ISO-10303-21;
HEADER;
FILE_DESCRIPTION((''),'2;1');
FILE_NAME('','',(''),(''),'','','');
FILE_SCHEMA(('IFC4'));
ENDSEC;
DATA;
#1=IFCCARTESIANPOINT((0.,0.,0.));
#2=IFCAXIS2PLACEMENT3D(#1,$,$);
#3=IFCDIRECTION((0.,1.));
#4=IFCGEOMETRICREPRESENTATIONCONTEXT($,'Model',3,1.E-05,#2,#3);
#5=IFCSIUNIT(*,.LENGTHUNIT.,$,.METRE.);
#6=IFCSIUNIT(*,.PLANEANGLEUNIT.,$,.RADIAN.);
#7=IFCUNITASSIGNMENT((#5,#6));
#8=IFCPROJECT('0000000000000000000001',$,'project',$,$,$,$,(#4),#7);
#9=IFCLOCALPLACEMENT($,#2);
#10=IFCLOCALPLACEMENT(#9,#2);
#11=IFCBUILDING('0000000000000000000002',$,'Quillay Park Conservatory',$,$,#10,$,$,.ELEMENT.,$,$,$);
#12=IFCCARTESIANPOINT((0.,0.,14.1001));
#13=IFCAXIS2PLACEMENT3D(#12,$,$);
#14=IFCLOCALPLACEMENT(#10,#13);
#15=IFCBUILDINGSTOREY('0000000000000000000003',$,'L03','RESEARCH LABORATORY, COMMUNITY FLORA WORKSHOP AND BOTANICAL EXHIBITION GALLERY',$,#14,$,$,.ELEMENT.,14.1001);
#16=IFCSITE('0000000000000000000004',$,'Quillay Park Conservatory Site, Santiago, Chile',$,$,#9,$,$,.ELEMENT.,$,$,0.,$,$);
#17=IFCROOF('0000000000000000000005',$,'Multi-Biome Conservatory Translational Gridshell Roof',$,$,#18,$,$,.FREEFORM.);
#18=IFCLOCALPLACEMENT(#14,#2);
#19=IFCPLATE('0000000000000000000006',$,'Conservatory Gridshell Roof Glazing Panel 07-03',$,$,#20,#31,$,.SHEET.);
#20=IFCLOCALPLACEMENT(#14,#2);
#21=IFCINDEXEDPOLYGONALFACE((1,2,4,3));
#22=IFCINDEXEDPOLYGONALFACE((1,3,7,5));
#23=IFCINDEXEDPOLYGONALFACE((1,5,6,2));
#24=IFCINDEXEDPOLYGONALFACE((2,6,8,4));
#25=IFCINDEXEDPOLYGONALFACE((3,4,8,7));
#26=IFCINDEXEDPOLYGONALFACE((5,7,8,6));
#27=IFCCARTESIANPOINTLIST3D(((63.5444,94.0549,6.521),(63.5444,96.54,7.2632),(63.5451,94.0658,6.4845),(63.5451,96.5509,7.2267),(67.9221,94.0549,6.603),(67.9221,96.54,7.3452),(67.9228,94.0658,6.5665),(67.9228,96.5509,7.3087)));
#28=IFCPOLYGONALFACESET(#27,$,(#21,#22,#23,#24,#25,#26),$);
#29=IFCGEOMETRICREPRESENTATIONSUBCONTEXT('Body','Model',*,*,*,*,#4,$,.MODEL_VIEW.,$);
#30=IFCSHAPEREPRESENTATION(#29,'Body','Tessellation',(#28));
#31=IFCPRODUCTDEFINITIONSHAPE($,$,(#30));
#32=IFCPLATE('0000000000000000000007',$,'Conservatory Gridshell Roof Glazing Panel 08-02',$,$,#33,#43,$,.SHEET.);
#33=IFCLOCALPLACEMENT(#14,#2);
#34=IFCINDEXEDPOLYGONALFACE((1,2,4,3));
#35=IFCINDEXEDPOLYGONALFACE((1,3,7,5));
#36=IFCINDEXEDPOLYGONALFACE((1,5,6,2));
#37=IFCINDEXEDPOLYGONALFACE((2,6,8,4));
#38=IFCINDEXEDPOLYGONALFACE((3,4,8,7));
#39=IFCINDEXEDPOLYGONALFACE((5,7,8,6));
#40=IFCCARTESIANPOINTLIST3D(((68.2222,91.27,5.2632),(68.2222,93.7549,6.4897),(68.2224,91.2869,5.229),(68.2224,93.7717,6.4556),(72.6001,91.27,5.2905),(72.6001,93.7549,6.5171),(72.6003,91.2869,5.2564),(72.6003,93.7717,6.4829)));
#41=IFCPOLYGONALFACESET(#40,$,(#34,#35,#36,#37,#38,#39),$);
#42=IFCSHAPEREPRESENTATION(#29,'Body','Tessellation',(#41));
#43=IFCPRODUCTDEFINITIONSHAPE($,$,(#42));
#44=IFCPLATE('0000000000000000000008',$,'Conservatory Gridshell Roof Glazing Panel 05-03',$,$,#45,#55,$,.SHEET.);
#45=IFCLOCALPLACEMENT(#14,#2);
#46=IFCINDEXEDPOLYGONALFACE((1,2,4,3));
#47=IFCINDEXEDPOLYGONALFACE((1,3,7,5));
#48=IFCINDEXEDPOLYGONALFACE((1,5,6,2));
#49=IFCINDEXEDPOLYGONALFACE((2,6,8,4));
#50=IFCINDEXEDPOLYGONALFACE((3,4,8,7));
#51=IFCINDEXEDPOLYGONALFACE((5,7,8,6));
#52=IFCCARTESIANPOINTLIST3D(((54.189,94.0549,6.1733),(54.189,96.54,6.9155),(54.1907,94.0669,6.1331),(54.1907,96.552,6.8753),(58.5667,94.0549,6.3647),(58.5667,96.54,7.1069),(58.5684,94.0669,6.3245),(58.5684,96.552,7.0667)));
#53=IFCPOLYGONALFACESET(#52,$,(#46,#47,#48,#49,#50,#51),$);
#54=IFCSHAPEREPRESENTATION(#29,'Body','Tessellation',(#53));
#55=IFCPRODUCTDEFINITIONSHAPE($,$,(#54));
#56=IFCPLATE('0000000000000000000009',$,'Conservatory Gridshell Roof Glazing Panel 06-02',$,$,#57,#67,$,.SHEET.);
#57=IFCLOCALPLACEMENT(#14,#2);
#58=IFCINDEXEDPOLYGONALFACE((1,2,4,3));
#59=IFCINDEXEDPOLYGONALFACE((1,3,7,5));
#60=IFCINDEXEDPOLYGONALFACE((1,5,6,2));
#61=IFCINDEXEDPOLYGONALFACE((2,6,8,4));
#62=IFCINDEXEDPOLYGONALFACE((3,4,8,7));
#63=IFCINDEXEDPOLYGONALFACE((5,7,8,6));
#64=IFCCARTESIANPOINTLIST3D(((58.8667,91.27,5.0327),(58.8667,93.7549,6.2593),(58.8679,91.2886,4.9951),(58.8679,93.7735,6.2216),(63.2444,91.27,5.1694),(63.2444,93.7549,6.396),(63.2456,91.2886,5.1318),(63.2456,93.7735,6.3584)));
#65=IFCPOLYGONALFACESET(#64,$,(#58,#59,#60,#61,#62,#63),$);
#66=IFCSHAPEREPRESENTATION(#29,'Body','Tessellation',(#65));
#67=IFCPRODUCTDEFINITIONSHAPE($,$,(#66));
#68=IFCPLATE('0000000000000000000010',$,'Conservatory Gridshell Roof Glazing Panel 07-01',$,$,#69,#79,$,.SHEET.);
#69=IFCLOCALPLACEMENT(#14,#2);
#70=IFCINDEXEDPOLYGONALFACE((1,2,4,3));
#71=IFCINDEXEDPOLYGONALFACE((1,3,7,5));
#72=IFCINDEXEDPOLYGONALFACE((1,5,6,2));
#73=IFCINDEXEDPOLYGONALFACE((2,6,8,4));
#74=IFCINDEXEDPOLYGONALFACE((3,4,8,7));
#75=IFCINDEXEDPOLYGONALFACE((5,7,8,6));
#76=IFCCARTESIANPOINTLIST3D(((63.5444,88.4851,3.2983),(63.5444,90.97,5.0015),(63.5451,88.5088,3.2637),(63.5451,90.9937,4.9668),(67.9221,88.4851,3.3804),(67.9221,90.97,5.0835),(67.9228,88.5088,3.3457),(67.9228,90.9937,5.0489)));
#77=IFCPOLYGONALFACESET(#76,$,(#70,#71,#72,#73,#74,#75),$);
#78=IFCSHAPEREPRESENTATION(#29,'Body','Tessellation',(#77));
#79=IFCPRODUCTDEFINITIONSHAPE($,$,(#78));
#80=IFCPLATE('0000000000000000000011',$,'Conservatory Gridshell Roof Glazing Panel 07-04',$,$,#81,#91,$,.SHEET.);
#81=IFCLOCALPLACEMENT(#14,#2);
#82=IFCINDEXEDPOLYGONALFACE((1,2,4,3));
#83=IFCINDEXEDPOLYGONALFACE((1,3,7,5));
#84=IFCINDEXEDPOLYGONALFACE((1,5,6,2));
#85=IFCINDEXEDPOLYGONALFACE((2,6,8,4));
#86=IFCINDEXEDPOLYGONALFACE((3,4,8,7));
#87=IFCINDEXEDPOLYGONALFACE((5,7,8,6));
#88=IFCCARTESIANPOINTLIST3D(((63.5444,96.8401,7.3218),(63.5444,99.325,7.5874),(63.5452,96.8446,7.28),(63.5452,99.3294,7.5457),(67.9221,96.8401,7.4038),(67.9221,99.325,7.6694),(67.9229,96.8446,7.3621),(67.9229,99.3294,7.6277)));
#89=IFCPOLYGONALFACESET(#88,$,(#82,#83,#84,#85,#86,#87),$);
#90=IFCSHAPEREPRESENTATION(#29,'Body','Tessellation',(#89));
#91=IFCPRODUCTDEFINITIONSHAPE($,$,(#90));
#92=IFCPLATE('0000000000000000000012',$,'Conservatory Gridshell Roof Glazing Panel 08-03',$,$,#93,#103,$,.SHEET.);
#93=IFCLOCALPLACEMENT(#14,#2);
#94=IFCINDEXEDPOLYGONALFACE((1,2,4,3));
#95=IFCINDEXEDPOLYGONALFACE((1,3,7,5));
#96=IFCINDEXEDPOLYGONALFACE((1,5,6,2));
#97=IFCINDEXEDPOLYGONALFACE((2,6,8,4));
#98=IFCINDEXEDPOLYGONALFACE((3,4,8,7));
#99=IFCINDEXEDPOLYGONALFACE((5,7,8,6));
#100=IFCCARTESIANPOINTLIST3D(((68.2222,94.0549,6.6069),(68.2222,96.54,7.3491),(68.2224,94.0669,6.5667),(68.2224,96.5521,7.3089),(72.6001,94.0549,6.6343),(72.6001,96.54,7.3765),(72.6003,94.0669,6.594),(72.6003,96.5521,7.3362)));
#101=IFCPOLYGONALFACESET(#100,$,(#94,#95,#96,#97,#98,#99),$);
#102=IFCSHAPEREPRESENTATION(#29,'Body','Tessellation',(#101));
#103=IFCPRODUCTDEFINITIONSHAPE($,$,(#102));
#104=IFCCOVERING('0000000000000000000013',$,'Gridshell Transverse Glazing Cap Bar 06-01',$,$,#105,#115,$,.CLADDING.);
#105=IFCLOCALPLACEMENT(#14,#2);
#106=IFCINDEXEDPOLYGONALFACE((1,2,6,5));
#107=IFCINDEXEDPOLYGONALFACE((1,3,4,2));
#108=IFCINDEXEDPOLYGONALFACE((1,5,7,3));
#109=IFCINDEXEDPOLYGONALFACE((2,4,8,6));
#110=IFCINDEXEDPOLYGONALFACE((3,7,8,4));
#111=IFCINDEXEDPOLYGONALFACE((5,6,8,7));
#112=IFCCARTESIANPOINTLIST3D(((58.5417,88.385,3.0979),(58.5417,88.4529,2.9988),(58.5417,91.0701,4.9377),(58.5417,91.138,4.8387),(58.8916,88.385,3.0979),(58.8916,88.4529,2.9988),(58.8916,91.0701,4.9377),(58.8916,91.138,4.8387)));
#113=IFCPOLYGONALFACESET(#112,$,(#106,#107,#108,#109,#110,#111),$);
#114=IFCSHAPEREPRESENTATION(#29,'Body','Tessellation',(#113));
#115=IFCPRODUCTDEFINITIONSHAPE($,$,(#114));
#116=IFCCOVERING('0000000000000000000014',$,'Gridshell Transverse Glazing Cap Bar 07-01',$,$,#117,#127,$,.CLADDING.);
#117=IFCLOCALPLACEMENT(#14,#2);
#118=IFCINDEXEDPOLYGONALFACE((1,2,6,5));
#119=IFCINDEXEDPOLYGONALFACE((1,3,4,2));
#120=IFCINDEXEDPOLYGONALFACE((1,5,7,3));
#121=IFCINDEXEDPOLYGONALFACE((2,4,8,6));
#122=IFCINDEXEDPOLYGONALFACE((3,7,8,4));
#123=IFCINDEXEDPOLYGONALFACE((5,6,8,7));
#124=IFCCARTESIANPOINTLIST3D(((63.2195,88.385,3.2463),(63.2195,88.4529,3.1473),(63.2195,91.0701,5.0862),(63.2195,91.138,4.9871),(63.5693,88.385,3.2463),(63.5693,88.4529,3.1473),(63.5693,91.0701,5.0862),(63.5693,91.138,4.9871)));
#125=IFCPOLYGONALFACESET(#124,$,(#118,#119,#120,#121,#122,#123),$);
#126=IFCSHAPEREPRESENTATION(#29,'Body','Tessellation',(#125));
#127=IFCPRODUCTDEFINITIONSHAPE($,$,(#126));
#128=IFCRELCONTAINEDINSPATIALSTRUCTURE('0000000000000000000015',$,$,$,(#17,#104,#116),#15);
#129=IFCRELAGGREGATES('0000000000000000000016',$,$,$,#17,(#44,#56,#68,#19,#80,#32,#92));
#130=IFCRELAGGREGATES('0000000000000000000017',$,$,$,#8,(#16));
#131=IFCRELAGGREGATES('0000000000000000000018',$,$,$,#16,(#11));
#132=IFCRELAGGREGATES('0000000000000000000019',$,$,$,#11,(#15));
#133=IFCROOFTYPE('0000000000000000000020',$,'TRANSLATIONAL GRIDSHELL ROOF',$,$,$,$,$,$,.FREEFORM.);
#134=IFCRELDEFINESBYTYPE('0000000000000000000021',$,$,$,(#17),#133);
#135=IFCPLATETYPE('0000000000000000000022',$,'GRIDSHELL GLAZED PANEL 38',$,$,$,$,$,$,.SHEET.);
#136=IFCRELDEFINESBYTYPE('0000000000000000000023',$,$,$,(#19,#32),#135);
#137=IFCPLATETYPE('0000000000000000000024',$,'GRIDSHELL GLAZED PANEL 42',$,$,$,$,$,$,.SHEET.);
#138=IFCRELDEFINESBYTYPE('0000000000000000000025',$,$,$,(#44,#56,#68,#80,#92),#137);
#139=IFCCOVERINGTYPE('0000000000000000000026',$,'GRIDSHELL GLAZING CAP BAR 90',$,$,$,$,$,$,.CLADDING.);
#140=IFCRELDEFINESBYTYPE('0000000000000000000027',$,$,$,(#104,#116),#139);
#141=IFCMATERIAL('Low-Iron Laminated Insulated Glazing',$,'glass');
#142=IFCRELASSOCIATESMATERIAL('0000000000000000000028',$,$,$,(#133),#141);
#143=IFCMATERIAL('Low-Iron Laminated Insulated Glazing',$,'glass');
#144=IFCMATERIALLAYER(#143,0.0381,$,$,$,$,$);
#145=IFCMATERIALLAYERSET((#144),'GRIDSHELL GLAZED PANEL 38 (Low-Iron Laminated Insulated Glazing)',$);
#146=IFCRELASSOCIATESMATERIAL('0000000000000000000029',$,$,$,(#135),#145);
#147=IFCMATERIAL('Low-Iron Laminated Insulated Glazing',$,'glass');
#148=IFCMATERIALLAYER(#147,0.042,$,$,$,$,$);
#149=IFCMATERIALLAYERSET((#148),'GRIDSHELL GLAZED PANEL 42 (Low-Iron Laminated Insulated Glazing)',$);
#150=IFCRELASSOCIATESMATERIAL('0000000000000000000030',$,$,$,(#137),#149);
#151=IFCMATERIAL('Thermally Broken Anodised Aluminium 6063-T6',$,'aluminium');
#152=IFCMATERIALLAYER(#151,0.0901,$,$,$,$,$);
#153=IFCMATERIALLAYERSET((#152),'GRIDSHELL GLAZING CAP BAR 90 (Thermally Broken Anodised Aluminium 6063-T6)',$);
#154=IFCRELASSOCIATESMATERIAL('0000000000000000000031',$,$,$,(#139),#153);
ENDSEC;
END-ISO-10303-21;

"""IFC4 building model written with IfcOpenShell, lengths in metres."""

from ifc_helpers import new_model, si_unit, direction, frame, origin, place, context, subcontext, project, spatial, polyline, outline, extrude, material, layer, layer_set, type_object, element, aggregate, save


model = new_model("IFC4")

# Units and contexts
model_context = context("Model", 3, precision=1e-05, world=origin(), true_north=direction((0.0, 1.0)))
body_context = subcontext(model_context, "Body", "Model", "MODEL_VIEW")
ifc_project = project(units=[si_unit("LENGTHUNIT", "METRE"), si_unit("PLANEANGLEUNIT", "RADIAN")], contexts=[model_context])

# Site, building, storey
site_placement = place(None, origin())
site = spatial("IfcSite", under=ifc_project, at=site_placement, Name="Quillay Park Conservatory Site, Santiago, Chile", CompositionType="ELEMENT", RefElevation=0.0)
building_placement = place(site_placement, origin())
building = spatial("IfcBuilding", under=site, at=building_placement, Name="Quillay Park Conservatory", CompositionType="ELEMENT")
storey_placement = place(building_placement, frame((0.0, 0.0, 14.1001)))
storey = spatial("IfcBuildingStorey", under=building, at=storey_placement, Name="L03", Description="RESEARCH LABORATORY, COMMUNITY FLORA WORKSHOP AND BOTANICAL EXHIBITION GALLERY", CompositionType="ELEMENT", Elevation=14.1001)

# Roof, plates
ifc_material_1 = material(Name="Low-Iron Laminated Insulated Glazing", Category="glass")
roof_type = type_object("IfcRoofType", Name="TRANSLATIONAL GRIDSHELL ROOF", PredefinedType="FREEFORM", material=ifc_material_1)
roof_placement = place(storey_placement, origin())
roof = element("IfcRoof", 1, at=roof_placement, inside=storey, type_object=roof_type, Name="Multi-Biome Conservatory Translational Gridshell Roof", PredefinedType="FREEFORM")
ifc_material_2 = material(Name="Low-Iron Laminated Insulated Glazing", Category="glass")
ifc_layer_1 = layer(ifc_material_2, 0.0381)
ifc_layer_set_1 = layer_set([ifc_layer_1], Name="GRIDSHELL GLAZED PANEL 38 (Low-Iron Laminated Insulated Glazing)")
plate_type_1 = type_object("IfcPlateType", Name="GRIDSHELL GLAZED PANEL 38", PredefinedType="SHEET", material=ifc_layer_set_1)
plate_1_placement = place(storey_placement, frame((63.5444, 94.0549, 6.521), z_axis=(-0.017952, -0.286118, 0.958026), x_axis=(0.999824, 0.0, 0.018735)))
plate_1 = element("IfcPlate", 2, at=plate_1_placement, type_object=plate_type_1, Name="Conservatory Gridshell Roof Glazing Panel 07-03", PredefinedType="SHEET", context=body_context, shape_type="SweptSolid", body=[
    extrude(outline(polyline([(0.0, 0.0), (4.3785, 0.0), (4.3924, 2.5935), (0.0139, 2.5935), (0.0, 0.0)])), origin(), (0.0, 0.0, -1.0), 0.0381),
])
plate_2_placement = place(storey_placement, frame((68.2222, 91.27, 5.2632), z_axis=(-0.005601, -0.442619, 0.896692), x_axis=(0.99998, 0.0, 0.006246)))
plate_2 = element("IfcPlate", 3, at=plate_2_placement, type_object=plate_type_1, Name="Conservatory Gridshell Roof Glazing Panel 08-02", PredefinedType="SHEET", context=body_context, shape_type="SweptSolid", body=[
    extrude(outline(polyline([(0.0, 0.0), (4.378, 0.0), (4.3857, 2.7711), (0.0077, 2.7711), (0.0, 0.0)])), origin(), (0.0, 0.0, -1.0), 0.0381),
])
ifc_material_3 = material(Name="Low-Iron Laminated Insulated Glazing", Category="glass")
ifc_layer_2 = layer(ifc_material_3, 0.042)
ifc_layer_set_2 = layer_set([ifc_layer_2], Name="GRIDSHELL GLAZED PANEL 42 (Low-Iron Laminated Insulated Glazing)")
plate_type_2 = type_object("IfcPlateType", Name="GRIDSHELL GLAZED PANEL 42", PredefinedType="SHEET", material=ifc_layer_set_2)
plate_3_placement = place(storey_placement, frame((54.189, 94.0549, 6.1733), z_axis=(-0.041858, -0.285914, 0.957341), x_axis=(0.999046, 0.0, 0.043681)))
plate_3 = element("IfcPlate", 4, at=plate_3_placement, type_object=plate_type_2, Name="Conservatory Gridshell Roof Glazing Panel 05-03", PredefinedType="SHEET", context=body_context, shape_type="SweptSolid", body=[
    extrude(outline(polyline([(0.0, 0.0), (4.3819, 0.0), (4.4143, 2.5934), (0.0324, 2.5934), (0.0, 0.0)])), origin(), (0.0, 0.0, -1.0), 0.042),
])
plate_4_placement = place(storey_placement, frame((58.8667, 91.27, 5.0327), z_axis=(-0.027994, -0.442453, 0.896355), x_axis=(0.999513, 0.0, 0.031216)))
plate_4 = element("IfcPlate", 5, at=plate_4_placement, type_object=plate_type_2, Name="Conservatory Gridshell Roof Glazing Panel 06-02", PredefinedType="SHEET", context=body_context, shape_type="SweptSolid", body=[
    extrude(outline(polyline([(0.0, 0.0), (4.3798, 0.0), (4.4181, 2.7708), (0.0383, 2.7708), (0.0, 0.0)])), origin(), (0.0, 0.0, -1.0), 0.042),
])
plate_5_placement = place(storey_placement, frame((63.5444, 88.4851, 3.2983), z_axis=(-0.015455, -0.565284, 0.824751), x_axis=(0.999824, 0.0, 0.018735)))
plate_5 = element("IfcPlate", 6, at=plate_5_placement, type_object=plate_type_2, Name="Conservatory Gridshell Roof Glazing Panel 07-01", PredefinedType="SHEET", context=body_context, shape_type="SweptSolid", body=[
    extrude(outline(polyline([(0.0, 0.0), (4.3785, 0.0), (4.4104, 3.0123), (0.0319, 3.0123), (0.0, 0.0)])), origin(), (0.0, 0.0, -1.0), 0.042),
])
plate_6_placement = place(storey_placement, frame((63.5444, 96.8401, 7.3218), z_axis=(-0.018629, -0.106273, 0.994162), x_axis=(0.999824, 0.0, 0.018735)))
plate_6 = element("IfcPlate", 7, at=plate_6_placement, type_object=plate_type_2, Name="Conservatory Gridshell Roof Glazing Panel 07-04", PredefinedType="SHEET", context=body_context, shape_type="SweptSolid", body=[
    extrude(outline(polyline([(0.0, 0.0), (4.3785, 0.0), (4.3834, 2.499), (0.005, 2.499), (0.0, 0.0)])), origin(), (0.0, 0.0, -1.0), 0.042),
])
plate_7_placement = place(storey_placement, frame((68.2222, 94.0549, 6.6069), z_axis=(-0.005985, -0.286159, 0.958163), x_axis=(0.99998, 0.0, 0.006246)))
plate_7 = element("IfcPlate", 8, at=plate_7_placement, type_object=plate_type_2, Name="Conservatory Gridshell Roof Glazing Panel 08-03", PredefinedType="SHEET", context=body_context, shape_type="SweptSolid", body=[
    extrude(outline(polyline([(0.0, 0.0), (4.378, 0.0), (4.3827, 2.5936), (0.0046, 2.5936), (0.0, 0.0)])), origin(), (0.0, 0.0, -1.0), 0.042),
])
aggregate(roof, [plate_3, plate_4, plate_5, plate_1, plate_6, plate_2, plate_7])

# Coverings
ifc_material_4 = material(Name="Thermally Broken Anodised Aluminium 6063-T6", Category="aluminium")
ifc_layer_3 = layer(ifc_material_4, 0.0901)
ifc_layer_set_3 = layer_set([ifc_layer_3], Name="GRIDSHELL GLAZING CAP BAR 90 (Thermally Broken Anodised Aluminium 6063-T6)")
covering_type = type_object("IfcCoveringType", Name="GRIDSHELL GLAZING CAP BAR 90", PredefinedType="CLADDING", material=ifc_layer_set_3)
for number, where, z_axis, x_axis, name in (
    (9, (58.5417, 88.385, 3.0979), (0.0, -0.565248, 0.824921), (1.0, 0.0, 0.0), "Gridshell Transverse Glazing Cap Bar 06-01"),
    (10, (63.2195, 88.385, 3.2463), (0.0, -0.565248, 0.824921), (1.0, 0.0, 0.0), "Gridshell Transverse Glazing Cap Bar 07-01"),
):
    element("IfcCovering", number, at=place(storey_placement, frame(where, z_axis=z_axis, x_axis=x_axis)), inside=storey, type_object=covering_type, Name=name, PredefinedType="CLADDING", context=body_context, shape_type="SweptSolid", body=[
        extrude(outline(polyline([(0.0, 0.0), (0.3499, 0.0), (0.3499, 3.2549), (0.0, 3.2549), (0.0, 0.0)])), origin(), (0.0, 0.0, -1.0), 0.1201),
    ])

save(model, "model.ifc")
